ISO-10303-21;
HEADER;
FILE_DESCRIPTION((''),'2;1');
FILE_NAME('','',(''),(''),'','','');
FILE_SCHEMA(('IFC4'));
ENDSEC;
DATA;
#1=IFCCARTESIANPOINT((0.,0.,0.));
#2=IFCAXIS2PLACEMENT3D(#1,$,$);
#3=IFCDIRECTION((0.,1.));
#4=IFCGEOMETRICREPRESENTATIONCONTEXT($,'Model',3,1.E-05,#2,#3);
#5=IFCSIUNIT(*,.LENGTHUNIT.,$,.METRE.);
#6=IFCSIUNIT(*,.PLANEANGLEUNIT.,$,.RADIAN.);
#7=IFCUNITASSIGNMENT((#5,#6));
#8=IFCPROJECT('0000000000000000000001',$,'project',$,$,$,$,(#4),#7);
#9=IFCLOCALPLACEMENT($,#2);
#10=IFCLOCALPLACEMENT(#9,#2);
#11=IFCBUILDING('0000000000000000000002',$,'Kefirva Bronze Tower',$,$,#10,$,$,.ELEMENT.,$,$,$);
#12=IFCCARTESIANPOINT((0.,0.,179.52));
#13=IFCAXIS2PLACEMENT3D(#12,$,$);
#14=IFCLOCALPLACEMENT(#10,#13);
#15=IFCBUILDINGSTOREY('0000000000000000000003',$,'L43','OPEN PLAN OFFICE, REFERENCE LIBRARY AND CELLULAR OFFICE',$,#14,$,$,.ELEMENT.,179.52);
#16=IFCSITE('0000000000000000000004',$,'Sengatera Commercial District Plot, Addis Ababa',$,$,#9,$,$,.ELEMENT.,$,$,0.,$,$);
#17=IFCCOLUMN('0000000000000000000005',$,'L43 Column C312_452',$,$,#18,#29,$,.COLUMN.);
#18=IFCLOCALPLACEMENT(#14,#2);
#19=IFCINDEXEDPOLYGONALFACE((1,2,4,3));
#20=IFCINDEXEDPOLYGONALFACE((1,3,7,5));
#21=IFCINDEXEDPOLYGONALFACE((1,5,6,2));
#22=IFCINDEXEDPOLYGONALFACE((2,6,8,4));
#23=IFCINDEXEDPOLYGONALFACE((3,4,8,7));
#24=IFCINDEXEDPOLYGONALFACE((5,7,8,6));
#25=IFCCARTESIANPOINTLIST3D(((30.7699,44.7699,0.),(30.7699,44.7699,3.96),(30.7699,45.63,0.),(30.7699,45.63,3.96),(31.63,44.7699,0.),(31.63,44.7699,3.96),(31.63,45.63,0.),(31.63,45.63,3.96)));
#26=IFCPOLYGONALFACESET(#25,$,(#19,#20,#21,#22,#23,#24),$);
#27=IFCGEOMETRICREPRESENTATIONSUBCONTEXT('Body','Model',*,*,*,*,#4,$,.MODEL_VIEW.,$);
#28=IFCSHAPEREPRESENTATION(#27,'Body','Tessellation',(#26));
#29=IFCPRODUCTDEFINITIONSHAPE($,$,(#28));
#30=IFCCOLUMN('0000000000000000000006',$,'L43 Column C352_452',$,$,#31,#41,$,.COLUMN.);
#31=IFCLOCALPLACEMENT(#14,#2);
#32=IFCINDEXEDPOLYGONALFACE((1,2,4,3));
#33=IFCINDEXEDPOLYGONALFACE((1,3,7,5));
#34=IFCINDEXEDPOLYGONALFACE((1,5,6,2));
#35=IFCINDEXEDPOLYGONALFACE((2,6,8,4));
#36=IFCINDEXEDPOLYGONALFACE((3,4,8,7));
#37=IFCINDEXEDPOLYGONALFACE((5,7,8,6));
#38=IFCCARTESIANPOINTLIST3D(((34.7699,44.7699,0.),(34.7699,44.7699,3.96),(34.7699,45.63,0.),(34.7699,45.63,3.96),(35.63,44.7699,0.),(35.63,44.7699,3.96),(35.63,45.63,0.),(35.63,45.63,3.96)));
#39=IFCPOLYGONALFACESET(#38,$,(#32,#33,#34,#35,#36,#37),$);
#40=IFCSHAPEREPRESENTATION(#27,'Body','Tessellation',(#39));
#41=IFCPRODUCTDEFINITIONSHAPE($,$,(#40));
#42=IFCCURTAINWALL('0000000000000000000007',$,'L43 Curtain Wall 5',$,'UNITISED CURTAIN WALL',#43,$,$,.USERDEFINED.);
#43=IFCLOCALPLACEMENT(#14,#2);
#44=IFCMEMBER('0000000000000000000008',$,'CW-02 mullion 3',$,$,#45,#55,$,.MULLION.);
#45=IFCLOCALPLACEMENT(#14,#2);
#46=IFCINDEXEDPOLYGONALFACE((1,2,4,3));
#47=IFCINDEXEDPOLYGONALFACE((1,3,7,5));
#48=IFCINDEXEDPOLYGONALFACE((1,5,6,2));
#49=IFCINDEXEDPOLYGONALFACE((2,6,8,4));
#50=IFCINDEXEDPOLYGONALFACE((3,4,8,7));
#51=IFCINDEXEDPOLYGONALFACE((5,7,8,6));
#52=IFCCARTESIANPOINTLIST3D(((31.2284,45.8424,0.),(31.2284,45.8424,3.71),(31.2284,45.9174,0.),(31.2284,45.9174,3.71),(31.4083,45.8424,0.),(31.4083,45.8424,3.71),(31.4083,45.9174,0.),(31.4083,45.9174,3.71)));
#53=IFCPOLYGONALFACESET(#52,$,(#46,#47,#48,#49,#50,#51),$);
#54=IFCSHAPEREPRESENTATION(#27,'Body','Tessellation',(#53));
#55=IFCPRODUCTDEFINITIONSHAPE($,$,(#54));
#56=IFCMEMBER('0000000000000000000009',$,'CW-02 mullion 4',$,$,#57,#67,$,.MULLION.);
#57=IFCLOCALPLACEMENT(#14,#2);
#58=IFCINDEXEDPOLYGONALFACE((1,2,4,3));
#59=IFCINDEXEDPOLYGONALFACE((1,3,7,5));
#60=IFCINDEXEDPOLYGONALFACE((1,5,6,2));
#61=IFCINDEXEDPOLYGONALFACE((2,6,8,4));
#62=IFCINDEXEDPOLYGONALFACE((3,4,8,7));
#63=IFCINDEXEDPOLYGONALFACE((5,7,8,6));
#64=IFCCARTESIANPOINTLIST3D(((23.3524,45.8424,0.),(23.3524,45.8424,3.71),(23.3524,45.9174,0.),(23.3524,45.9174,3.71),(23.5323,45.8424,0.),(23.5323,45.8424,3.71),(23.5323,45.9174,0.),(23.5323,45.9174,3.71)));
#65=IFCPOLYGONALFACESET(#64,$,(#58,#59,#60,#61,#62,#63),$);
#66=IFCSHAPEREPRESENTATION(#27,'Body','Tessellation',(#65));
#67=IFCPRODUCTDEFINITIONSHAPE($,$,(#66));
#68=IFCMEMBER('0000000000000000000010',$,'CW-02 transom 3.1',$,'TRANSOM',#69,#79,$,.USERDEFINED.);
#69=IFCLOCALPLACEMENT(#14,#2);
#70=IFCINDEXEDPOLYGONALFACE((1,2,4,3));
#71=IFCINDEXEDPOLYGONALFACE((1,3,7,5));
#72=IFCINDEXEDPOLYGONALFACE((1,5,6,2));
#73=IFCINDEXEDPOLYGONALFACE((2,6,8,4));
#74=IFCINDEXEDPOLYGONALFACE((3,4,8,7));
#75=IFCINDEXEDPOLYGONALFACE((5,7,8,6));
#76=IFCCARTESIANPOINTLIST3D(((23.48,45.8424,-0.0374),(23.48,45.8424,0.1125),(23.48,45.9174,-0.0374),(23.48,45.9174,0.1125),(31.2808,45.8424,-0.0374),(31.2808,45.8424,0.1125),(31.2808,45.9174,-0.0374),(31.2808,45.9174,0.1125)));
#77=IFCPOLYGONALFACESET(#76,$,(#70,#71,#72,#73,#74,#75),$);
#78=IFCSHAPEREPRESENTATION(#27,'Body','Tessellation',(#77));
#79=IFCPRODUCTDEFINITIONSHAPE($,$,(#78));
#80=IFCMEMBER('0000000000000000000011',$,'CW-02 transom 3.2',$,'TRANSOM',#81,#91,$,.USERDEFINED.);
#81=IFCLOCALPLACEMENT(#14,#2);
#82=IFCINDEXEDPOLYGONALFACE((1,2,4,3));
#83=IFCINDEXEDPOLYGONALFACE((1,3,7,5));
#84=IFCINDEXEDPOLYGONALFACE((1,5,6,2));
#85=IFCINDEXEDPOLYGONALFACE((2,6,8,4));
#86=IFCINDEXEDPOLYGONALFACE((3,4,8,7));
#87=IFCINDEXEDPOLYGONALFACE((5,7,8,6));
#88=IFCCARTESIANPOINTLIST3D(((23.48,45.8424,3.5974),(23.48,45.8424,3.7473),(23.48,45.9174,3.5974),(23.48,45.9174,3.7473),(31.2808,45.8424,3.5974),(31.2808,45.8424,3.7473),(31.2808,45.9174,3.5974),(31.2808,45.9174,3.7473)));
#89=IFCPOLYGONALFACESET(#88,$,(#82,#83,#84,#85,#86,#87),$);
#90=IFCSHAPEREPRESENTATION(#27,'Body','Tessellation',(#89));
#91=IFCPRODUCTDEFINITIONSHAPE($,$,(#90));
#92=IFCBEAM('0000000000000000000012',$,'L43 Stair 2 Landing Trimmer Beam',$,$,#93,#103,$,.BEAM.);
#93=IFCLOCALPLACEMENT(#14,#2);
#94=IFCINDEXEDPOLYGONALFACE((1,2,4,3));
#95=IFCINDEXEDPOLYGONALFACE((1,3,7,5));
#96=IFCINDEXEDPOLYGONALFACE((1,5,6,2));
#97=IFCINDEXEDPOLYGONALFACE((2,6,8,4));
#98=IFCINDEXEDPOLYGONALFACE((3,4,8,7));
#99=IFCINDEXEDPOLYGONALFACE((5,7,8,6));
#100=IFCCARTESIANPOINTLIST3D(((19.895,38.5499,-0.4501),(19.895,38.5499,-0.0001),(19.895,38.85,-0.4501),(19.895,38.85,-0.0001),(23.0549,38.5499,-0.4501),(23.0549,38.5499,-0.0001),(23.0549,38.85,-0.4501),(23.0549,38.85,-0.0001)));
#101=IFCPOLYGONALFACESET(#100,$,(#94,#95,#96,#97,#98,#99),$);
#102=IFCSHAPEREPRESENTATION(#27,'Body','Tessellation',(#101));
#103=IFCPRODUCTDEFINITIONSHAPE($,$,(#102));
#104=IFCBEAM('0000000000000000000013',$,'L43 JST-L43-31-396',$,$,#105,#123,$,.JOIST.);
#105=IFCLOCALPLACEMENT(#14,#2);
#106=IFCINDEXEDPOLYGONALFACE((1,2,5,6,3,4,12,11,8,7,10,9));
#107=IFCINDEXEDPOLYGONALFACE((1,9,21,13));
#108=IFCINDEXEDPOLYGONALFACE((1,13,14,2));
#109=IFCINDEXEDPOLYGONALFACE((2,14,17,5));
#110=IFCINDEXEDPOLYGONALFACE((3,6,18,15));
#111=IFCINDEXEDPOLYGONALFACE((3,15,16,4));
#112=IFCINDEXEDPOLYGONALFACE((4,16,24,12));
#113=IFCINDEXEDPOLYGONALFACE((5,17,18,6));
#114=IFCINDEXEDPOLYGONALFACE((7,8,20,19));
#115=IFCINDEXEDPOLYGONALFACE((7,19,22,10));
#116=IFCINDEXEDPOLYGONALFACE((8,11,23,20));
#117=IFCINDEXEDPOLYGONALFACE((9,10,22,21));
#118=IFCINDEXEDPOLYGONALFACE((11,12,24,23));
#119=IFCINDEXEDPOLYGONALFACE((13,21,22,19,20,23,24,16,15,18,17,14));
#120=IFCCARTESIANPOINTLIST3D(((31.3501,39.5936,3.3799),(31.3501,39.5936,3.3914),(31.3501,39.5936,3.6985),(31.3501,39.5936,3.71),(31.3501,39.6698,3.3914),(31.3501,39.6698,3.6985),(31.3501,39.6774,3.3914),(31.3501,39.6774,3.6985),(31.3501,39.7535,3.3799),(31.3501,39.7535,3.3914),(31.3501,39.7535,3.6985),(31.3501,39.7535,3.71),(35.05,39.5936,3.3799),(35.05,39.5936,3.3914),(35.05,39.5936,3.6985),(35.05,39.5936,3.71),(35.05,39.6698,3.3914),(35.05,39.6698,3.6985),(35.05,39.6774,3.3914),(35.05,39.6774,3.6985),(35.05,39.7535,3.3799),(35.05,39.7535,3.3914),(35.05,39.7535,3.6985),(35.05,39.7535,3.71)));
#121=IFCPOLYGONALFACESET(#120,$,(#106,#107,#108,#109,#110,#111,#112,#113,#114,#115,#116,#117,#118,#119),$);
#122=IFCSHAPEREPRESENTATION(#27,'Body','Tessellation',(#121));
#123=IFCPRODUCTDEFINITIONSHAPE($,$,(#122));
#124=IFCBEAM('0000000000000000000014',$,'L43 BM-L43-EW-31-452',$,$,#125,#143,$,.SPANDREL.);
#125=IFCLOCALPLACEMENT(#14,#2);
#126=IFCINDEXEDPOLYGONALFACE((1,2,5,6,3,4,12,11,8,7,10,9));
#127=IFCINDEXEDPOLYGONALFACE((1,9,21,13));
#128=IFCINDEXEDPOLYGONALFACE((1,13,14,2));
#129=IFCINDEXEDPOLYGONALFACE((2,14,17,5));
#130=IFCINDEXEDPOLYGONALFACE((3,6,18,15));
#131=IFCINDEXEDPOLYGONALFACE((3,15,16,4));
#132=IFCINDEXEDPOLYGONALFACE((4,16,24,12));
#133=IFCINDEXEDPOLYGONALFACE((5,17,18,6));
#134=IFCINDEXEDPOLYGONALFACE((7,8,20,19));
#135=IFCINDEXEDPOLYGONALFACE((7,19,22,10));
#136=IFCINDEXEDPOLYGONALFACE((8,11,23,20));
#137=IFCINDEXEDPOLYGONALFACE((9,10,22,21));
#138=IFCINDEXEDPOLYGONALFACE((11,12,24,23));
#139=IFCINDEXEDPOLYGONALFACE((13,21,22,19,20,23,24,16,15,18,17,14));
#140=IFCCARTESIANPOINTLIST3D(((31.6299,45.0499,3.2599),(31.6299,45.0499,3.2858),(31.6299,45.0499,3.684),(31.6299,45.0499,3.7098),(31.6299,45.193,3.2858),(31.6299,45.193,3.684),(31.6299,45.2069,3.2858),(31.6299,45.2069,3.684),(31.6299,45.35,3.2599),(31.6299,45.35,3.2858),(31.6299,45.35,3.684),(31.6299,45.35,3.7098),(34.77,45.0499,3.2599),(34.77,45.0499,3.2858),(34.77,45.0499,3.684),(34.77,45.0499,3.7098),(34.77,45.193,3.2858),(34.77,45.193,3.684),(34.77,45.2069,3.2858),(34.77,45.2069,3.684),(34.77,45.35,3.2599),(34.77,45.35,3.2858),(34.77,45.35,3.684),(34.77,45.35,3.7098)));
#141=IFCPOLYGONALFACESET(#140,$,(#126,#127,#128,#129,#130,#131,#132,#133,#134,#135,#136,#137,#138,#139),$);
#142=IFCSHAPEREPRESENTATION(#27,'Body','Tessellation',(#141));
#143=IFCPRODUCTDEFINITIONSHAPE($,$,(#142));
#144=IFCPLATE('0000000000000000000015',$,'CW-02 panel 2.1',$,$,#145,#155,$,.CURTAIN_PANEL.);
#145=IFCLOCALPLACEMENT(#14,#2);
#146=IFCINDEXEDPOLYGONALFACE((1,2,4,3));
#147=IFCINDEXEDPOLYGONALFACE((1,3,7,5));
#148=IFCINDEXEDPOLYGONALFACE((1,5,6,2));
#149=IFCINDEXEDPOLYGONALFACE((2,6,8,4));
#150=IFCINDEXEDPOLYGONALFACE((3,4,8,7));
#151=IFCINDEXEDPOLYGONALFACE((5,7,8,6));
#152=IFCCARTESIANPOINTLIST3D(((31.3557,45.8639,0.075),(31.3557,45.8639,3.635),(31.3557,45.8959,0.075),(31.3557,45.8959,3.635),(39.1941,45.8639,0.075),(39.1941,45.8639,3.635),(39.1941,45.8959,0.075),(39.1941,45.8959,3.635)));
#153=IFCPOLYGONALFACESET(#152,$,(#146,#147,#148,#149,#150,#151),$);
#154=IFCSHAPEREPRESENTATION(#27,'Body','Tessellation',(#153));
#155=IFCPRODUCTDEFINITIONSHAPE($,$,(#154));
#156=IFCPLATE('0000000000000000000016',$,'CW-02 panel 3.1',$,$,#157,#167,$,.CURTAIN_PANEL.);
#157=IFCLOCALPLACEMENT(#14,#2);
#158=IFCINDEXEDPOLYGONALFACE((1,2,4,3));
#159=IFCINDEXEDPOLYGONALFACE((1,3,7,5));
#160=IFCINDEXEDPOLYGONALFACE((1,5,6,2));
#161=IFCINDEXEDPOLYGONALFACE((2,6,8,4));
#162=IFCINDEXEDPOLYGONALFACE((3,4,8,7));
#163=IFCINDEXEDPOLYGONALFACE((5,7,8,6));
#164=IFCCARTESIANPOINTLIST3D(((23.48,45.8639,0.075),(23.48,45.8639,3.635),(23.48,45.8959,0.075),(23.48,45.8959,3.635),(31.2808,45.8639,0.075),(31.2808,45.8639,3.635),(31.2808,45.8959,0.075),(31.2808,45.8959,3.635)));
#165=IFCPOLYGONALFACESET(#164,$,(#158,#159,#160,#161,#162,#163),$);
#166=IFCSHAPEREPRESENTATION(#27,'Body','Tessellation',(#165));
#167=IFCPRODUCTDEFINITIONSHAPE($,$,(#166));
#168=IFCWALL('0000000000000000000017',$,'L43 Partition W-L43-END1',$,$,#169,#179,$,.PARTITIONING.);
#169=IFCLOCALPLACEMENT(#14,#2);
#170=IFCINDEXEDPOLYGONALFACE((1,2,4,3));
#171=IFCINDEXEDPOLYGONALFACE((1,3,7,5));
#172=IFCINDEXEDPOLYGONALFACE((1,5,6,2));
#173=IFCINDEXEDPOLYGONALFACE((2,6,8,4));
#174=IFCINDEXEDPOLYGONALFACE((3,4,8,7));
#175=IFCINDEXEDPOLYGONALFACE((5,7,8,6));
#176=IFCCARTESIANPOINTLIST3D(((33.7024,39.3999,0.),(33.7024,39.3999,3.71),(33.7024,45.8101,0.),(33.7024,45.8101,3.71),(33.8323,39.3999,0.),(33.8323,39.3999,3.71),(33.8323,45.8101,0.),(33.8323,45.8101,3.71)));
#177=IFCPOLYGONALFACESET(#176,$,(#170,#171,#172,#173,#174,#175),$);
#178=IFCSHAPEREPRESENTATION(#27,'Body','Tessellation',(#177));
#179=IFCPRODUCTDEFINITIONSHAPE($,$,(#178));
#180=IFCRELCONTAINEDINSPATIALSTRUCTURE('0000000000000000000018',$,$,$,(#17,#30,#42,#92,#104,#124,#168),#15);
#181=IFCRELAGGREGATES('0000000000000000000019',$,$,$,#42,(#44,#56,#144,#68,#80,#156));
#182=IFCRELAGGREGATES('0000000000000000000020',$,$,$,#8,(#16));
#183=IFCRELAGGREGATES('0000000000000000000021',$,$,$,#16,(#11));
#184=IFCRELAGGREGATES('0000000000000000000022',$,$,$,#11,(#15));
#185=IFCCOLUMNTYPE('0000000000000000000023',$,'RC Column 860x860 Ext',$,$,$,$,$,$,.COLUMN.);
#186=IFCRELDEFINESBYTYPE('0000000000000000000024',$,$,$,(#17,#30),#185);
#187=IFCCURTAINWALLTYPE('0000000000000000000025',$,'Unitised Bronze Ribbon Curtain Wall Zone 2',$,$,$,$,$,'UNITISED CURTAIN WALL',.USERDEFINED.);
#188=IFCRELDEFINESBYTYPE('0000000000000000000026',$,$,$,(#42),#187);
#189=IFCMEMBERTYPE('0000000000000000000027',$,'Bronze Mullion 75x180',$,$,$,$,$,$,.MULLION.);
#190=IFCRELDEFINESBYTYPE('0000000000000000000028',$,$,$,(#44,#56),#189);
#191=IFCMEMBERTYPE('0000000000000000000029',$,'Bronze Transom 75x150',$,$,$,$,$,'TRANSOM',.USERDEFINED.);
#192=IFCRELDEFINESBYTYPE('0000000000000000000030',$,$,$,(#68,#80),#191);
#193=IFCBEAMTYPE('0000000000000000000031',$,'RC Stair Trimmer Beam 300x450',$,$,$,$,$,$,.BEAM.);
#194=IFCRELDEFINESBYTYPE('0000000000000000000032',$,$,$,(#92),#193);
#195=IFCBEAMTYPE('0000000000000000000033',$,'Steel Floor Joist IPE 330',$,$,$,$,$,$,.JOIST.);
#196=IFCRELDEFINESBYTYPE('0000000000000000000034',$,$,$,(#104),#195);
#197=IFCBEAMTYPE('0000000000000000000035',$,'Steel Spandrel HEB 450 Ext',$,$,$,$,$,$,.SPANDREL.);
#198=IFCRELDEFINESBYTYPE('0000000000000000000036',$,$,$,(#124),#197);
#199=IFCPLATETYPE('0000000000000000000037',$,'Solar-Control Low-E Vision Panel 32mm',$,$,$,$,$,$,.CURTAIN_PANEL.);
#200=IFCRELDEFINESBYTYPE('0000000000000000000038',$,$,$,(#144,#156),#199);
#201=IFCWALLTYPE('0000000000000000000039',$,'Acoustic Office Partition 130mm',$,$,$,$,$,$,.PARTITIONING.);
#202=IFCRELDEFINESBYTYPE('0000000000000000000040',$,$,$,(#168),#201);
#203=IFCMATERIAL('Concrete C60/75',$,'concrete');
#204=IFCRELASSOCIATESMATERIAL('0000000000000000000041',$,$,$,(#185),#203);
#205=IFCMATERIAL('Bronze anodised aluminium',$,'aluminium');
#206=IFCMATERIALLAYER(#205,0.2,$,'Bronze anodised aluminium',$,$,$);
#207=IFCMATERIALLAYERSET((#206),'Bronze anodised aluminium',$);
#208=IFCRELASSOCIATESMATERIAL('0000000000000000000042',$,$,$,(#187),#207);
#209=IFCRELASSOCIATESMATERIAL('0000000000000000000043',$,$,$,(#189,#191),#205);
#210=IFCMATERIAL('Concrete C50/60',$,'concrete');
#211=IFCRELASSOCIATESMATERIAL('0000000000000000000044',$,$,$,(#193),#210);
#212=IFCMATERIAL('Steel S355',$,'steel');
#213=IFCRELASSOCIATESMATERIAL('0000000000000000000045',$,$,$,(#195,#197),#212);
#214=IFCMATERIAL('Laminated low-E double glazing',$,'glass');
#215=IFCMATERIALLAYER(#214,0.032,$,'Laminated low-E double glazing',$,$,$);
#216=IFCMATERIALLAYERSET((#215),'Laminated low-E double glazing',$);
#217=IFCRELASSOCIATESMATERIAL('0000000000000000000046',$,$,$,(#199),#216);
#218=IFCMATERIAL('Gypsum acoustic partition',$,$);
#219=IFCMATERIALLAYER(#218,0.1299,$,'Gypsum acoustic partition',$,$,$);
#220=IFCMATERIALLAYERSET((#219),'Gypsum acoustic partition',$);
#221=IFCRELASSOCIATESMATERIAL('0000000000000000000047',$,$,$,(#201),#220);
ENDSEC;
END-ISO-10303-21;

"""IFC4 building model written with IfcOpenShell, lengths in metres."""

from ifc_helpers import new_model, si_unit, direction, frame, frame_2d, origin, origin_2d, place, context, subcontext, project, spatial, rectangle, i_section, extrude, material, layer, layer_set, material_profile, profile_set, type_object, element, aggregate, save


model = new_model("IFC4")

# Units and contexts
model_context = context("Model", 3, precision=1e-05, world=origin(), true_north=direction((0.0, 1.0)))
body_context = subcontext(model_context, "Body", "Model", "MODEL_VIEW")
ifc_project = project(units=[si_unit("LENGTHUNIT", "METRE"), si_unit("PLANEANGLEUNIT", "RADIAN")], contexts=[model_context])

# Site, building, storey
site_placement = place(None, origin())
site = spatial("IfcSite", under=ifc_project, at=site_placement, Name="Sengatera Commercial District Plot, Addis Ababa", CompositionType="ELEMENT", RefElevation=0.0)
building_placement = place(site_placement, origin())
building = spatial("IfcBuilding", under=site, at=building_placement, Name="Kefirva Bronze Tower", CompositionType="ELEMENT")
storey_placement = place(building_placement, frame((0.0, 0.0, 179.52)))
storey = spatial("IfcBuildingStorey", under=building, at=storey_placement, Name="L43", Description="OPEN PLAN OFFICE, REFERENCE LIBRARY AND CELLULAR OFFICE", CompositionType="ELEMENT", Elevation=179.52)

# Columns
ifc_material_1 = material(Name="Concrete C60/75", Category="concrete")
ifc_material_profile_1 = material_profile(ifc_material_1, rectangle(XDim=0.8601, YDim=0.8601, at=origin_2d()), Name="RC 860x860")
ifc_profile_set_1 = profile_set([ifc_material_profile_1], Name="Concrete C60/75")
column_type = type_object("IfcColumnType", Name="RC Column 860x860 Ext", PredefinedType="COLUMN", material=ifc_profile_set_1)
for number, where, z_axis, x_axis, name in (
    (1, (31.2, 45.2, 0.0), (0.0, 0.0, 1.0), (1.0, 0.0, 0.0), "L43 Column C312_452"),
    (2, (35.2, 45.2, 0.0), (0.0, 0.0, 1.0), (1.0, 0.0, 0.0), "L43 Column C352_452"),
):
    element("IfcColumn", number, at=place(storey_placement, frame(where, z_axis=z_axis, x_axis=x_axis)), inside=storey, type_object=column_type, Name=name, PredefinedType="COLUMN", context=body_context, shape_type="SweptSolid", body=[
        extrude(rectangle(XDim=0.8601, YDim=0.8601, at=origin_2d()), origin(), (0.0, 0.0, 1.0), 3.96),
    ])

# Curtain wall, members
ifc_material_2 = material(Name="Bronze anodised aluminium", Category="aluminium")
ifc_layer_1 = layer(ifc_material_2, 0.2, Name="Bronze anodised aluminium")
ifc_layer_set_1 = layer_set([ifc_layer_1], Name="Bronze anodised aluminium")
curtain_wall_type = type_object("IfcCurtainWallType", Name="Unitised Bronze Ribbon Curtain Wall Zone 2", ElementType="UNITISED CURTAIN WALL", PredefinedType="USERDEFINED", material=ifc_layer_set_1)
curtain_wall_placement = place(storey_placement, origin())
curtain_wall = element("IfcCurtainWall", 3, at=curtain_wall_placement, inside=storey, type_object=curtain_wall_type, Name="L43 Curtain Wall 5", ObjectType="UNITISED CURTAIN WALL", PredefinedType="USERDEFINED")
ifc_material_profile_2 = material_profile(ifc_material_2, rectangle(XDim=0.075, YDim=0.1799, at=origin_2d()), Name="ALU 75x180")
ifc_profile_set_2 = profile_set([ifc_material_profile_2], Name="Bronze anodised aluminium")
member_type_1 = type_object("IfcMemberType", Name="Bronze Mullion 75x180", PredefinedType="MULLION", material=ifc_profile_set_2)
member_1_placement = place(storey_placement, frame((31.3184, 45.8799, 0.0), z_axis=(0.0, 0.0, 1.0), x_axis=(0.0, -1.0, 0.0)))
member_1 = element("IfcMember", 4, at=member_1_placement, type_object=member_type_1, Name="CW-02 mullion 3", PredefinedType="MULLION", context=body_context, shape_type="SweptSolid", body=[
    extrude(rectangle(XDim=0.075, YDim=0.1799, at=origin_2d()), origin(), (0.0, 0.0, 1.0), 3.71),
])
member_2_placement = place(storey_placement, frame((23.4424, 45.8799, 0.0), z_axis=(0.0, 0.0, 1.0), x_axis=(0.0, -1.0, 0.0)))
member_2 = element("IfcMember", 5, at=member_2_placement, type_object=member_type_1, Name="CW-02 mullion 4", PredefinedType="MULLION", context=body_context, shape_type="SweptSolid", body=[
    extrude(rectangle(XDim=0.075, YDim=0.1799, at=origin_2d()), origin(), (0.0, 0.0, 1.0), 3.71),
])
ifc_material_profile_3 = material_profile(ifc_material_2, rectangle(XDim=0.075, YDim=0.1499, at=origin_2d()), Name="ALU 75x150")
ifc_profile_set_3 = profile_set([ifc_material_profile_3], Name="Bronze anodised aluminium")
member_type_2 = type_object("IfcMemberType", Name="Bronze Transom 75x150", ElementType="TRANSOM", PredefinedType="USERDEFINED", material=ifc_profile_set_3)
member_3_placement = place(storey_placement, frame((31.2808, 45.8799, 0.0376), z_axis=(-1.0, 0.0, 0.0), x_axis=(0.0, -1.0, 0.0)))
member_3 = element("IfcMember", 6, at=member_3_placement, type_object=member_type_2, Name="CW-02 transom 3.1", ObjectType="TRANSOM", PredefinedType="USERDEFINED", context=body_context, shape_type="SweptSolid", body=[
    extrude(rectangle(XDim=0.075, YDim=0.1499, at=origin_2d()), origin(), (0.0, 0.0, 1.0), 7.8008),
])
member_4_placement = place(storey_placement, frame((31.2808, 45.8799, 3.6724), z_axis=(-1.0, 0.0, 0.0), x_axis=(0.0, -1.0, 0.0)))
member_4 = element("IfcMember", 7, at=member_4_placement, type_object=member_type_2, Name="CW-02 transom 3.2", ObjectType="TRANSOM", PredefinedType="USERDEFINED", context=body_context, shape_type="SweptSolid", body=[
    extrude(rectangle(XDim=0.075, YDim=0.1499, at=origin_2d()), origin(), (0.0, 0.0, 1.0), 7.8008),
])

# Beams
ifc_material_3 = material(Name="Concrete C50/60", Category="concrete")
ifc_material_profile_4 = material_profile(ifc_material_3, rectangle(XDim=0.3, YDim=0.45, at=origin_2d()), Name="RC 300x450")
ifc_profile_set_4 = profile_set([ifc_material_profile_4], Name="Concrete C50/60")
beam_type_1 = type_object("IfcBeamType", Name="RC Stair Trimmer Beam 300x450", PredefinedType="BEAM", material=ifc_profile_set_4)
beam_1_placement = place(storey_placement, frame((19.895, 38.7, -0.2251), z_axis=(1.0, 0.0, 0.0), x_axis=(0.0, 1.0, 0.0)))
element("IfcBeam", 8, at=beam_1_placement, inside=storey, type_object=beam_type_1, Name="L43 Stair 2 Landing Trimmer Beam", PredefinedType="BEAM", context=body_context, shape_type="SweptSolid", body=[
    extrude(rectangle(XDim=0.3, YDim=0.45, at=origin_2d()), origin(), (0.0, 0.0, 1.0), 3.1599),
])
ifc_material_4 = material(Name="Steel S355", Category="steel")
ifc_material_profile_5 = material_profile(ifc_material_4, i_section(OverallWidth=0.1599, OverallDepth=0.3301, WebThickness=0.0076, FlangeThickness=0.0115, at=origin_2d()), Name="IPE 330")
ifc_profile_set_5 = profile_set([ifc_material_profile_5], Name="Steel S355")
beam_type_2 = type_object("IfcBeamType", Name="Steel Floor Joist IPE 330", PredefinedType="JOIST", material=ifc_profile_set_5)
beam_2_placement = place(storey_placement, frame((31.3501, 39.6736, 3.5449), z_axis=(1.0, 0.0, 0.0), x_axis=(0.0, 1.0, 0.0)))
element("IfcBeam", 9, at=beam_2_placement, inside=storey, type_object=beam_type_2, Name="L43 JST-L43-31-396", PredefinedType="JOIST", context=body_context, shape_type="SweptSolid", body=[
    extrude(i_section(OverallWidth=0.1599, OverallDepth=0.3301, WebThickness=0.0076, FlangeThickness=0.0115, at=origin_2d()), origin(), (0.0, 0.0, 1.0), 3.7),
])
ifc_material_profile_6 = material_profile(ifc_material_4, i_section(OverallWidth=0.3, OverallDepth=0.45, WebThickness=0.0139, FlangeThickness=0.0259, at=origin_2d()), Name="HEB 450")
ifc_profile_set_6 = profile_set([ifc_material_profile_6], Name="Steel S355")
beam_type_3 = type_object("IfcBeamType", Name="Steel Spandrel HEB 450 Ext", PredefinedType="SPANDREL", material=ifc_profile_set_6)
beam_3_placement = place(storey_placement, frame((31.6299, 45.2, 3.4849), z_axis=(1.0, 0.0, 0.0), x_axis=(0.0, 1.0, 0.0)))
element("IfcBeam", 10, at=beam_3_placement, inside=storey, type_object=beam_type_3, Name="L43 BM-L43-EW-31-452", PredefinedType="SPANDREL", context=body_context, shape_type="SweptSolid", body=[
    extrude(i_section(OverallWidth=0.3, OverallDepth=0.45, WebThickness=0.0139, FlangeThickness=0.0259, at=origin_2d()), origin(), (0.0, 0.0, 1.0), 3.1401),
])

# Plates
ifc_material_5 = material(Name="Laminated low-E double glazing", Category="glass")
ifc_layer_2 = layer(ifc_material_5, 0.032, Name="Laminated low-E double glazing")
ifc_layer_set_2 = layer_set([ifc_layer_2], Name="Laminated low-E double glazing")
plate_type = type_object("IfcPlateType", Name="Solar-Control Low-E Vision Panel 32mm", PredefinedType="CURTAIN_PANEL", material=ifc_layer_set_2)
plate_1_placement = place(storey_placement, frame((35.2749, 45.8799, 0.075), z_axis=(0.0, 0.0, 1.0), x_axis=(-1.0, 0.0, 0.0)))
plate_1 = element("IfcPlate", 11, at=plate_1_placement, type_object=plate_type, Name="CW-02 panel 2.1", PredefinedType="CURTAIN_PANEL", context=body_context, shape_type="SweptSolid", body=[
    extrude(rectangle(XDim=7.8384, YDim=0.032, at=origin_2d()), origin(), (0.0, 0.0, 1.0), 3.5601),
])
plate_2_placement = place(storey_placement, frame((27.3804, 45.8799, 0.075), z_axis=(0.0, 0.0, 1.0), x_axis=(-1.0, 0.0, 0.0)))
plate_2 = element("IfcPlate", 12, at=plate_2_placement, type_object=plate_type, Name="CW-02 panel 3.1", PredefinedType="CURTAIN_PANEL", context=body_context, shape_type="SweptSolid", body=[
    extrude(rectangle(XDim=7.8008, YDim=0.032, at=origin_2d()), origin(), (0.0, 0.0, 1.0), 3.5601),
])
aggregate(curtain_wall, [member_1, member_2, plate_1, member_3, member_4, plate_2])

# Wall
ifc_material_6 = material(Name="Gypsum acoustic partition")
ifc_layer_3 = layer(ifc_material_6, 0.1299, Name="Gypsum acoustic partition")
ifc_layer_set_3 = layer_set([ifc_layer_3], Name="Gypsum acoustic partition")
wall_type_1 = type_object("IfcWallType", Name="Acoustic Office Partition 130mm", PredefinedType="PARTITIONING", material=ifc_layer_set_3)
wall_1_placement = place(storey_placement, frame((33.7673, 39.3999, 0.0), z_axis=(0.0, 0.0, 1.0), x_axis=(0.0, 1.0, 0.0)))
element("IfcWall", 13, at=wall_1_placement, inside=storey, type_object=wall_type_1, Name="L43 Partition W-L43-END1", PredefinedType="PARTITIONING", context=body_context, shape_type="SweptSolid", body=[
    extrude(rectangle(XDim=6.4102, YDim=0.1299, at=frame_2d((3.2051, 0.0))), origin(), (0.0, 0.0, 1.0), 3.71),
])

save(model, "model.ifc")
